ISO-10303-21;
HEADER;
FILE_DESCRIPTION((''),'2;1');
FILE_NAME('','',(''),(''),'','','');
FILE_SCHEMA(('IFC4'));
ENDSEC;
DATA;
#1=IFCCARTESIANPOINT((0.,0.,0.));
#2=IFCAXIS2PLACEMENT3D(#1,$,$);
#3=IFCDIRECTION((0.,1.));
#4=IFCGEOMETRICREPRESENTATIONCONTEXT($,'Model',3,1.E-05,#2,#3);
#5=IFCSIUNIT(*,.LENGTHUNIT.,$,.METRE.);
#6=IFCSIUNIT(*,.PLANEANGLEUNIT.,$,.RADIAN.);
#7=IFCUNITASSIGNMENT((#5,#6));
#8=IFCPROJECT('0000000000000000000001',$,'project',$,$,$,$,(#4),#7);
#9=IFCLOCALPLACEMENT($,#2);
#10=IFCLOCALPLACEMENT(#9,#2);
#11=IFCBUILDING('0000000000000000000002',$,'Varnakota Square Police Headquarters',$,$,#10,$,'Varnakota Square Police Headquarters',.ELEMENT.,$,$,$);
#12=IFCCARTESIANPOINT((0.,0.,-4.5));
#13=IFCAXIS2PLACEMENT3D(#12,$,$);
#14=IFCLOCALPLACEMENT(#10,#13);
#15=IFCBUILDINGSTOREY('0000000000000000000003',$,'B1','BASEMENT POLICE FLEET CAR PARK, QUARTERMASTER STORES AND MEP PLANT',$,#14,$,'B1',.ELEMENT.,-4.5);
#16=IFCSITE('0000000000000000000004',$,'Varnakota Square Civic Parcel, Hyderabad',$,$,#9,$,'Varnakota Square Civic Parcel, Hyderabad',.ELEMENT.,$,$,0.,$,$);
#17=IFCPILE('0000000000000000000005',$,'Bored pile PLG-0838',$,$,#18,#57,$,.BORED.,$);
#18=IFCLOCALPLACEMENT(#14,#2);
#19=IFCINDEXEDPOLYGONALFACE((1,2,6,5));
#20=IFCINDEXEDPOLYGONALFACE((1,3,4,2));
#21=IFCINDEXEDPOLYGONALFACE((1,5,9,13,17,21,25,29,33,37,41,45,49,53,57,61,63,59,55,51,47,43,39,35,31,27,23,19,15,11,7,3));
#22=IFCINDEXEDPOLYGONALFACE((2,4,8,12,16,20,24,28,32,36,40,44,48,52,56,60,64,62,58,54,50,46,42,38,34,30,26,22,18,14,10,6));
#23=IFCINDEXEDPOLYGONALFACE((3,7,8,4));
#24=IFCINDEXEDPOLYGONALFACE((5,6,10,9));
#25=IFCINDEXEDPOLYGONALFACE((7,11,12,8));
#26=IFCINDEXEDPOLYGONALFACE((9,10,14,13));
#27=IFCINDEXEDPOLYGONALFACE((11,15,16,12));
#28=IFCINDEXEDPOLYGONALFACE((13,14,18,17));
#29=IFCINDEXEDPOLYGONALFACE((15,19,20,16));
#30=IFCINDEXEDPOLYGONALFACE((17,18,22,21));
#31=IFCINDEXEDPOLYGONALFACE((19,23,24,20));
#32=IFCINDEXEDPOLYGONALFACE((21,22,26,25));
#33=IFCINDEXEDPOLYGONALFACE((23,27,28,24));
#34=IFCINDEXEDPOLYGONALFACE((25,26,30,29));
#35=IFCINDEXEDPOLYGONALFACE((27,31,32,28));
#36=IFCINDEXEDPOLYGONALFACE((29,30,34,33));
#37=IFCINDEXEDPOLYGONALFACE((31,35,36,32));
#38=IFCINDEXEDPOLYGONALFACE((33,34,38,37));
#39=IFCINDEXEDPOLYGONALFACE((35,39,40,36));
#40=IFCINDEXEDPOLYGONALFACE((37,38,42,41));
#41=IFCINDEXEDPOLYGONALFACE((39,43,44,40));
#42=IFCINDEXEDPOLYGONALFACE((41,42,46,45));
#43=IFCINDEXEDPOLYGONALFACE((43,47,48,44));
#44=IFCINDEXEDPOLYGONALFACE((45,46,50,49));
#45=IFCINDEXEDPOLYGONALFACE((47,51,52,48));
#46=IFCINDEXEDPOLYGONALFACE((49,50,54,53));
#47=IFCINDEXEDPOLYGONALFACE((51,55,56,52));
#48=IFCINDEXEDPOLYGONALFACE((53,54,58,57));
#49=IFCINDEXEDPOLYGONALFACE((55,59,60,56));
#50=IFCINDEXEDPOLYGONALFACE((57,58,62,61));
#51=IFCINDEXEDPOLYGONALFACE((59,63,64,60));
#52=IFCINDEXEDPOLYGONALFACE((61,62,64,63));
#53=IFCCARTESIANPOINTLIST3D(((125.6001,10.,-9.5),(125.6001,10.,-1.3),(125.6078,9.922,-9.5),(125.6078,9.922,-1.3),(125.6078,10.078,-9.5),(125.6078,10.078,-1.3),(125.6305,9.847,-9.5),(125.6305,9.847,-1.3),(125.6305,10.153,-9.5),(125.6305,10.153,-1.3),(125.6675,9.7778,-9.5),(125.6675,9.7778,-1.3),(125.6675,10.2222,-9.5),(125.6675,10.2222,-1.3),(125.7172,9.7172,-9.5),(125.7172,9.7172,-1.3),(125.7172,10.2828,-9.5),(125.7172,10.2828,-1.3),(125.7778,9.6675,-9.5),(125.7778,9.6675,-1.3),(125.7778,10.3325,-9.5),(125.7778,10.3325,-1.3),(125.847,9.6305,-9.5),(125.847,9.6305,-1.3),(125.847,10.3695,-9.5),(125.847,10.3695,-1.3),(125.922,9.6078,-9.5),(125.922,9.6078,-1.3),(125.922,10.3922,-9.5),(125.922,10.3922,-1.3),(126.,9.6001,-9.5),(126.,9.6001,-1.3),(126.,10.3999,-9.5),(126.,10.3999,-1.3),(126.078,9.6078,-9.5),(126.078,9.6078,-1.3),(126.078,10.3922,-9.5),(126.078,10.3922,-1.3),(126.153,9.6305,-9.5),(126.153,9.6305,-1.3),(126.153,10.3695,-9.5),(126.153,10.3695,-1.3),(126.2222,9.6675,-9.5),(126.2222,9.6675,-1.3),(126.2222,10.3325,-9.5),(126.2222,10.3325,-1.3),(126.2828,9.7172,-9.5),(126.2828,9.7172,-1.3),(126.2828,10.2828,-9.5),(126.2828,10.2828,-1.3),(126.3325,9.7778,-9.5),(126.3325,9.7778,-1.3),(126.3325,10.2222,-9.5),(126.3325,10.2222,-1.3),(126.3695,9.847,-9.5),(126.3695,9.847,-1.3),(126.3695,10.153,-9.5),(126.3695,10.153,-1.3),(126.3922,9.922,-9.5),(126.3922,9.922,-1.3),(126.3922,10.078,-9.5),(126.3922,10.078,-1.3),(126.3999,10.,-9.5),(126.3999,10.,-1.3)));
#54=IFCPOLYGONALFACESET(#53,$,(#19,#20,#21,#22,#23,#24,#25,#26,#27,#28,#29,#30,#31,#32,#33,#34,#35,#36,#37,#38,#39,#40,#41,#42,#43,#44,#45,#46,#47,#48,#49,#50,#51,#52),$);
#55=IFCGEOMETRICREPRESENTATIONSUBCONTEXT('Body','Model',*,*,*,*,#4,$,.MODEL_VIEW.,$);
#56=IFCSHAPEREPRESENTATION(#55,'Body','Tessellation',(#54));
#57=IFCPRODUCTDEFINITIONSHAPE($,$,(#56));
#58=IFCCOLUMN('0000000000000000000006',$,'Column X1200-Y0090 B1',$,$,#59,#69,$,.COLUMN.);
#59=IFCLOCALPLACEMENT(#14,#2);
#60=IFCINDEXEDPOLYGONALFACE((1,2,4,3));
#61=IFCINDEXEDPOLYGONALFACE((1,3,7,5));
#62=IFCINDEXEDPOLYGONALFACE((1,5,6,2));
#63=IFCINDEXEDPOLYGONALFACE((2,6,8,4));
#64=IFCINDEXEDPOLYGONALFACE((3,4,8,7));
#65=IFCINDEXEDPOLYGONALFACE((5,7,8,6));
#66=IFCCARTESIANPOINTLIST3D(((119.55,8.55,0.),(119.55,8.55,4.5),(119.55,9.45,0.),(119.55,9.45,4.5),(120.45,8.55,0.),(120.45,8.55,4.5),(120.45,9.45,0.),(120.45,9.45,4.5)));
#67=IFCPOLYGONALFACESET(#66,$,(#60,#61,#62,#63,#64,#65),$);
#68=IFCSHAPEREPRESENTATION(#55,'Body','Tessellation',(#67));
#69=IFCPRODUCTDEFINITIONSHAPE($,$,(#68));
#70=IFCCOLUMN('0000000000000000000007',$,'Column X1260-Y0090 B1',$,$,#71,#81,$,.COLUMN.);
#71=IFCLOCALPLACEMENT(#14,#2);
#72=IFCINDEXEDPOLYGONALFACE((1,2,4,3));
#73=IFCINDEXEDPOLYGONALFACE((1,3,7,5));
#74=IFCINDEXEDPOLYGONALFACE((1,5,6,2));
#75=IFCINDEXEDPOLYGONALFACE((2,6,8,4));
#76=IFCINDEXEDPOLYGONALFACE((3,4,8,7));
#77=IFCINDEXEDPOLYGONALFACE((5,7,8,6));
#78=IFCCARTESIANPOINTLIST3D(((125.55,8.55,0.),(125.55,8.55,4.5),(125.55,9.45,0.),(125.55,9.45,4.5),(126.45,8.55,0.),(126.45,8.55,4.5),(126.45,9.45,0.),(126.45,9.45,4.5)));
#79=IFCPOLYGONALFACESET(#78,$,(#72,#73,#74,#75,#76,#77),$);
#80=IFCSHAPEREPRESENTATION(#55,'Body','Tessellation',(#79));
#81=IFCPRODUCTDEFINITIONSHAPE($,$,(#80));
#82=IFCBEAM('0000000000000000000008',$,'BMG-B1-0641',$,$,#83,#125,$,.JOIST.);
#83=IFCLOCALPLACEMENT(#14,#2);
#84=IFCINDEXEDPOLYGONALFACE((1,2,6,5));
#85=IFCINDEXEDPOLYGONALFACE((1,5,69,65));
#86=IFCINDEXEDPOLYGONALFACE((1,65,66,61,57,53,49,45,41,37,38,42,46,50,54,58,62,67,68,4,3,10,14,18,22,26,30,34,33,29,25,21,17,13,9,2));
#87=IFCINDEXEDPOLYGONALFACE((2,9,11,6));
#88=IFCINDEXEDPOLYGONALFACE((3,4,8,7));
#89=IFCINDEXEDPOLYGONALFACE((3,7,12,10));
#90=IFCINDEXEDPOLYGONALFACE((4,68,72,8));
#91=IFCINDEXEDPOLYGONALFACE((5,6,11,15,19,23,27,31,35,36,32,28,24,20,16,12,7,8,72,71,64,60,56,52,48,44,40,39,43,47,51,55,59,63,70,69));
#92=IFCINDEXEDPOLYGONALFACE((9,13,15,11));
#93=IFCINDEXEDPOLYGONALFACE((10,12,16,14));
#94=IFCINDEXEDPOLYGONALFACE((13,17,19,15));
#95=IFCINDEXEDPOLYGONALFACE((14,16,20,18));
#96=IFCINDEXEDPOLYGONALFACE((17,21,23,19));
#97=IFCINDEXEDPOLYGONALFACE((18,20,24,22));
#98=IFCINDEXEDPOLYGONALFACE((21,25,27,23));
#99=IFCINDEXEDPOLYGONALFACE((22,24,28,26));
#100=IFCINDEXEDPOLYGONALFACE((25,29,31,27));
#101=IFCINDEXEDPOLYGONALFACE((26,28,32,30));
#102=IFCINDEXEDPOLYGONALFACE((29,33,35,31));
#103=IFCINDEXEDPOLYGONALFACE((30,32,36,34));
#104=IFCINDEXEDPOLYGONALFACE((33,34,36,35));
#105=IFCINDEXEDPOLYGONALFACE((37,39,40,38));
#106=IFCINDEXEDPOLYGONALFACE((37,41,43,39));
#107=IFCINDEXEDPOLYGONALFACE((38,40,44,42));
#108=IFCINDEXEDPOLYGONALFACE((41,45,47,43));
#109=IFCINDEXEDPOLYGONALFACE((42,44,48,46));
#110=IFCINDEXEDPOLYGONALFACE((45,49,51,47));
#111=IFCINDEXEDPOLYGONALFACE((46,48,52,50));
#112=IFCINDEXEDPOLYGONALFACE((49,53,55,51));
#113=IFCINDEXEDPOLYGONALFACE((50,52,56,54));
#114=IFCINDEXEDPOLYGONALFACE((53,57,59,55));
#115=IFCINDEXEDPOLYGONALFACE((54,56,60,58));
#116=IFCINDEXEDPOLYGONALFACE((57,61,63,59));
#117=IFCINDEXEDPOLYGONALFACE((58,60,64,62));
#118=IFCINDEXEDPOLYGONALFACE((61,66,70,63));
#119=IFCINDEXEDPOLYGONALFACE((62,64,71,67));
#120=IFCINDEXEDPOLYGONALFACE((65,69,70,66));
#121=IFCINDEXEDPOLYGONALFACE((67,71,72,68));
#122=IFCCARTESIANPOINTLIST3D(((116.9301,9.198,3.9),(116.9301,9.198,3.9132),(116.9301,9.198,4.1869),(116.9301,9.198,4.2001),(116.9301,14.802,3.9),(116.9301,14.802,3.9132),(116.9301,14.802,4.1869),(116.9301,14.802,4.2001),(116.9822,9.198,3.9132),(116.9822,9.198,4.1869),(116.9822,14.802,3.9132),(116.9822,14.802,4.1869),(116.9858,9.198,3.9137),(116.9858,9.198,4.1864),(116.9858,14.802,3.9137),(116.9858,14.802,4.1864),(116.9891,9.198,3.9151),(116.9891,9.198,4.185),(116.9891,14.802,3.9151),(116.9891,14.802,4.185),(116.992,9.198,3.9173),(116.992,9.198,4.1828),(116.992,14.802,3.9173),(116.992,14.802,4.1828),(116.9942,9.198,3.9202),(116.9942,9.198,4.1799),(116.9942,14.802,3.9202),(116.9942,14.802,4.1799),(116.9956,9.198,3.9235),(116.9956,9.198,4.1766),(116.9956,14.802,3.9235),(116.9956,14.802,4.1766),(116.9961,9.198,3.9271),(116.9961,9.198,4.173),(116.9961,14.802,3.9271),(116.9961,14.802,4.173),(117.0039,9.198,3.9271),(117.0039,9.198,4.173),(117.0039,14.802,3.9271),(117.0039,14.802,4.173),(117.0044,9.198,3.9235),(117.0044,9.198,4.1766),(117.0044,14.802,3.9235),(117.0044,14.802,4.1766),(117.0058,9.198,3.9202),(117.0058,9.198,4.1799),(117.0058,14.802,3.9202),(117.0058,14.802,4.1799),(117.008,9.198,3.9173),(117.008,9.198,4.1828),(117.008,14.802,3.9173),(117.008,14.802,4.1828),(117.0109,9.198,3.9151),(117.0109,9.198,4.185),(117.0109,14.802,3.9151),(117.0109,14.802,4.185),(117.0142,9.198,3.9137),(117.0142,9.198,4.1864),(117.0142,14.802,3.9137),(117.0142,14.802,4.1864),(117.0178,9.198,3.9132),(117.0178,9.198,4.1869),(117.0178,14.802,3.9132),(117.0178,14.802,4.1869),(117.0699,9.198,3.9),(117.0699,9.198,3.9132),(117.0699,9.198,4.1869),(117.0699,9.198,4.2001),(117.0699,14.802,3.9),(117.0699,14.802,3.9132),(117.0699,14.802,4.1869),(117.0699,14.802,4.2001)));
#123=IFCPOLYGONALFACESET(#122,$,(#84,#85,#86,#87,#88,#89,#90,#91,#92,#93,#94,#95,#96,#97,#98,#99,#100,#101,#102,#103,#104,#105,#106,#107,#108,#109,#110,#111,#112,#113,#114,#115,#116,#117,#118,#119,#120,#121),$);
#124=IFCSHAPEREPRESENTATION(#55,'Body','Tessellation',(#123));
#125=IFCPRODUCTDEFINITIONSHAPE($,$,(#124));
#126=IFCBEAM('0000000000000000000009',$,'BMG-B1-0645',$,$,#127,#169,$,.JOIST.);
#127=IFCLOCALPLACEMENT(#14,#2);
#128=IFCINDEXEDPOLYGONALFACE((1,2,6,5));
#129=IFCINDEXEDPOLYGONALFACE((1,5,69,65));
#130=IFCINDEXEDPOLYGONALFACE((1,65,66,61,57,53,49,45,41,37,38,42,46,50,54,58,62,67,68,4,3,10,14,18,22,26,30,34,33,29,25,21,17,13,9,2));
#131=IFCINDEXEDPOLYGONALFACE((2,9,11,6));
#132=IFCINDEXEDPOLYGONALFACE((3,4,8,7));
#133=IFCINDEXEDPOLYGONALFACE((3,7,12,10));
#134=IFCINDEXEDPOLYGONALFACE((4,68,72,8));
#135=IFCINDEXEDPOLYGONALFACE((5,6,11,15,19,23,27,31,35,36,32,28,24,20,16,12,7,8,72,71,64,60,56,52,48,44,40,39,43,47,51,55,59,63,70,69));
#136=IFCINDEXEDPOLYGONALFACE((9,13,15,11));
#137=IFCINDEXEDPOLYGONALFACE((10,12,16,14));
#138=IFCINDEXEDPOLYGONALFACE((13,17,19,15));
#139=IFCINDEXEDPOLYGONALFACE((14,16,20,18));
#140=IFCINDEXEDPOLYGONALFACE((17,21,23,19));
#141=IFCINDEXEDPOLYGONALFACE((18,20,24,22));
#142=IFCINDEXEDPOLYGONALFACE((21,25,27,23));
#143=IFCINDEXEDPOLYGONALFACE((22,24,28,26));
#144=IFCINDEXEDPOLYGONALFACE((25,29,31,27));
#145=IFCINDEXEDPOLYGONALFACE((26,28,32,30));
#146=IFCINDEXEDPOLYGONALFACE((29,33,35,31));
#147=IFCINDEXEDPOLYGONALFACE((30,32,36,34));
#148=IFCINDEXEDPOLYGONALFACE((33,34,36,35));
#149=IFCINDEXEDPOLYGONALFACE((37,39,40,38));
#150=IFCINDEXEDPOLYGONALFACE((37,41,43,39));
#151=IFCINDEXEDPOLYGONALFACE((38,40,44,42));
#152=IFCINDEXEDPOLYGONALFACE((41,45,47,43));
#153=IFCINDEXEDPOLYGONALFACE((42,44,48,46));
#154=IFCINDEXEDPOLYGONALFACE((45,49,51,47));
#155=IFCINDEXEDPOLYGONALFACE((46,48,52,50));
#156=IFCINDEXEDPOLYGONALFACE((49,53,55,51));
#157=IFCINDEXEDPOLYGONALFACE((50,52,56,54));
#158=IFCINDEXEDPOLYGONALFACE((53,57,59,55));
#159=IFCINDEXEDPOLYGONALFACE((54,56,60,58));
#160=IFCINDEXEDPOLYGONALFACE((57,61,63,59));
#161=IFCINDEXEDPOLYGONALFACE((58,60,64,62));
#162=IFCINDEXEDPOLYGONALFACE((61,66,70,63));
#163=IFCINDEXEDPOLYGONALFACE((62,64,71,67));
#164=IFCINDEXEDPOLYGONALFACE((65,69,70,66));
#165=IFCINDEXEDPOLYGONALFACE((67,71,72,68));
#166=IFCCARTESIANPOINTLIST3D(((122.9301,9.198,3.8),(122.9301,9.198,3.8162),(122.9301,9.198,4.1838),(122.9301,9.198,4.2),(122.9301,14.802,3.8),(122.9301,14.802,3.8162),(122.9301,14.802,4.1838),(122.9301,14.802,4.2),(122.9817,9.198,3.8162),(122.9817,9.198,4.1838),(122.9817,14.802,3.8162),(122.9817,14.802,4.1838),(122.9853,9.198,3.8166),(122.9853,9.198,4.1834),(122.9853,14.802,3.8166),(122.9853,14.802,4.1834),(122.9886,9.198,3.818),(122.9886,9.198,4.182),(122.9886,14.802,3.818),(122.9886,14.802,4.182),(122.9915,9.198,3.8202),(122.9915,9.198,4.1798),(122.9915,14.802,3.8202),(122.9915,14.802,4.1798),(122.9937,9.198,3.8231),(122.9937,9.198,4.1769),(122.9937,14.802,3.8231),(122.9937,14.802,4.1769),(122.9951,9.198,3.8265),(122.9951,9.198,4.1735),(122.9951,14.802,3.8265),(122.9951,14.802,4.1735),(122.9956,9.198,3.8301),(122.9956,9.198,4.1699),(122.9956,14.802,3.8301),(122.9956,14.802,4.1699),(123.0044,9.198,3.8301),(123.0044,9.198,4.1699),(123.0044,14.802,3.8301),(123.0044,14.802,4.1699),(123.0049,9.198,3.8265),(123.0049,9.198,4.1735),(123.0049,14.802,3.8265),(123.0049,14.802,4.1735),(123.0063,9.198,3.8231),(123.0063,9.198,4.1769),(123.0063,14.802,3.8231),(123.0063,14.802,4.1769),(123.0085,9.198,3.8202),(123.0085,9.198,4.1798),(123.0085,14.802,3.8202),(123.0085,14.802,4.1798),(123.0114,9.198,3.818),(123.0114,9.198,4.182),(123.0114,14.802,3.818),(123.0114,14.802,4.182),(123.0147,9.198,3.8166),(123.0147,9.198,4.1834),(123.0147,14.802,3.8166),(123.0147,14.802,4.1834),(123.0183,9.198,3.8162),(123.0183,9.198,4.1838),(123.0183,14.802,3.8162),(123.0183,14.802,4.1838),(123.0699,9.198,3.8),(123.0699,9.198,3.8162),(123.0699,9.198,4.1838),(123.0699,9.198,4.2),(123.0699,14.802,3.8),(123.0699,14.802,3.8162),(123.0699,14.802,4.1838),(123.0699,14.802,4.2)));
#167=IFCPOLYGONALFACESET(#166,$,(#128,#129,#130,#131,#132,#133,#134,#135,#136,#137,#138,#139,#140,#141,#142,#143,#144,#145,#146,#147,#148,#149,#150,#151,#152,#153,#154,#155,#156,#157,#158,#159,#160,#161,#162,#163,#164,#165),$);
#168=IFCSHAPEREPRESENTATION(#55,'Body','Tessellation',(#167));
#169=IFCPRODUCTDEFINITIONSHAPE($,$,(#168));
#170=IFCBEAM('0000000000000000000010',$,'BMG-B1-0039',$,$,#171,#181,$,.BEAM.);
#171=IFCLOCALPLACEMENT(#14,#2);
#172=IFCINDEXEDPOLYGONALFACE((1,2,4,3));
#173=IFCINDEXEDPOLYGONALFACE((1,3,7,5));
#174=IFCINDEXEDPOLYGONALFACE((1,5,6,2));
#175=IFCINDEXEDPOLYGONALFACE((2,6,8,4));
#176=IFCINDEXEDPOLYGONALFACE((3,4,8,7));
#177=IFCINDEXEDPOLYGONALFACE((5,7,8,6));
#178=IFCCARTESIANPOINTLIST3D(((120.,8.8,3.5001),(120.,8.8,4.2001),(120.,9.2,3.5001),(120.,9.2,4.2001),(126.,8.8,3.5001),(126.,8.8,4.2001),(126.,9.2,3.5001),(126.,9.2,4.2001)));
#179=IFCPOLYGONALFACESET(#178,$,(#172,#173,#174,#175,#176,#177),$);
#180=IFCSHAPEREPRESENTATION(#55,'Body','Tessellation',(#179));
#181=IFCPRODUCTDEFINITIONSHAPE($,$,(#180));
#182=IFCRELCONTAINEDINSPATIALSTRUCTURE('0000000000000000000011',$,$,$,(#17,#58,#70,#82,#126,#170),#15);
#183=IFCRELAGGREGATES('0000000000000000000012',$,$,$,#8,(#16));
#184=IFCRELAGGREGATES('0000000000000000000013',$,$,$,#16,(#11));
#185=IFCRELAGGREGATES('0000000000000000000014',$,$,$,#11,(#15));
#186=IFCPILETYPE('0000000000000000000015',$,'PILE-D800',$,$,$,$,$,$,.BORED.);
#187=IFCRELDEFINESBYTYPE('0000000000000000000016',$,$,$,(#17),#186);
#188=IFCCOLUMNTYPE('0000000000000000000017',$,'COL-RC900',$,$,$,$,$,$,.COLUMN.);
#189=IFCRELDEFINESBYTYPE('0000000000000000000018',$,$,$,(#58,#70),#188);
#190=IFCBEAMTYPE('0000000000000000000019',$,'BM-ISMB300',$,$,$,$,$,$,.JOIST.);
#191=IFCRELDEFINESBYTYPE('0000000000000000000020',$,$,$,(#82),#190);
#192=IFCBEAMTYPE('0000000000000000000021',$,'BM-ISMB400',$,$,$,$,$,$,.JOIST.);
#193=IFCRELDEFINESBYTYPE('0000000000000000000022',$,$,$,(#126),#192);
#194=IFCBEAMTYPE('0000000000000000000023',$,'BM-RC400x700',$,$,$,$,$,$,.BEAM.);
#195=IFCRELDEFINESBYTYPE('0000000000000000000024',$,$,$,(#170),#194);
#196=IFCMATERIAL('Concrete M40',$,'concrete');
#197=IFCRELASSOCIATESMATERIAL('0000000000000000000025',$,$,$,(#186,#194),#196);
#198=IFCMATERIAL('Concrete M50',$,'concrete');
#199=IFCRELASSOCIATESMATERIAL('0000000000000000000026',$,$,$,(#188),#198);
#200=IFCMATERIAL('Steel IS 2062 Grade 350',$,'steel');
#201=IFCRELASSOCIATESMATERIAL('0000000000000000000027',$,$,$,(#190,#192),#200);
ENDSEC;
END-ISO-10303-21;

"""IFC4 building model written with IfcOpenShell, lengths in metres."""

from ifc_helpers import new_model, si_unit, direction, frame, origin, origin_2d, place, context, subcontext, project, spatial, rectangle, circle, i_section, extrude, material, material_profile, profile_set, type_object, element, save


model = new_model("IFC4")

# Units and contexts
model_context = context("Model", 3, precision=1e-05, world=origin(), true_north=direction((0.0, 1.0)))
body_context = subcontext(model_context, "Body", "Model", "MODEL_VIEW")
ifc_project = project(units=[si_unit("LENGTHUNIT", "METRE"), si_unit("PLANEANGLEUNIT", "RADIAN")], contexts=[model_context])

# Site, building, storey
site_placement = place(None, origin())
site = spatial("IfcSite", under=ifc_project, at=site_placement, Name="Varnakota Square Civic Parcel, Hyderabad", LongName="Varnakota Square Civic Parcel, Hyderabad", CompositionType="ELEMENT", RefElevation=0.0)
building_placement = place(site_placement, origin())
building = spatial("IfcBuilding", under=site, at=building_placement, Name="Varnakota Square Police Headquarters", LongName="Varnakota Square Police Headquarters", CompositionType="ELEMENT")
storey_placement = place(building_placement, frame((0.0, 0.0, -4.5)))
storey = spatial("IfcBuildingStorey", under=building, at=storey_placement, Name="B1", Description="BASEMENT POLICE FLEET CAR PARK, QUARTERMASTER STORES AND MEP PLANT", LongName="B1", CompositionType="ELEMENT", Elevation=-4.5)

# Shared definitions
ifc_material_1 = material(Name="Concrete M40", Category="concrete")
ifc_material_2 = material(Name="Concrete M50", Category="concrete")

# Pile
ifc_material_profile_1 = material_profile(ifc_material_1, circle(Radius=0.3999, at=origin_2d()), Name="BORED PILE 800")
ifc_profile_set_1 = profile_set([ifc_material_profile_1], Name="Concrete M40")
pile_type = type_object("IfcPileType", Name="PILE-D800", PredefinedType="BORED", material=ifc_profile_set_1)
for number, where, z_axis, x_axis, name in (
    (1, (126.0, 10.0, -1.3), (0.0, 0.0, -1.0), (1.0, 0.0, 0.0), "Bored pile PLG-0838"),
):
    element("IfcPile", number, at=place(storey_placement, frame(where, z_axis=z_axis, x_axis=x_axis)), inside=storey, type_object=pile_type, Name=name, PredefinedType="BORED", context=body_context, shape_type="SweptSolid", body=[
        extrude(circle(Radius=0.3999, at=origin_2d()), origin(), (0.0, 0.0, 1.0), 8.2),
    ])

# Columns
ifc_material_profile_2 = material_profile(ifc_material_2, rectangle(XDim=0.8999, YDim=0.8999, at=origin_2d()), Name="RC 900x900")
ifc_profile_set_2 = profile_set([ifc_material_profile_2], Name="Concrete M50")
column_type = type_object("IfcColumnType", Name="COL-RC900", PredefinedType="COLUMN", material=ifc_profile_set_2)
for number, where, z_axis, x_axis, name in (
    (2, (120.0, 9.0, 0.0), (0.0, 0.0, 1.0), (1.0, 0.0, 0.0), "Column X1200-Y0090 B1"),
    (3, (126.0, 9.0, 0.0), (0.0, 0.0, 1.0), (1.0, 0.0, 0.0), "Column X1260-Y0090 B1"),
):
    element("IfcColumn", number, at=place(storey_placement, frame(where, z_axis=z_axis, x_axis=x_axis)), inside=storey, type_object=column_type, Name=name, PredefinedType="COLUMN", context=body_context, shape_type="SweptSolid", body=[
        extrude(rectangle(XDim=0.8999, YDim=0.8999, at=origin_2d()), origin(), (0.0, 0.0, 1.0), 4.5),
    ])

# Beams
ifc_material_3 = material(Name="Steel IS 2062 Grade 350", Category="steel")
ifc_material_profile_3 = material_profile(ifc_material_3, i_section(OverallWidth=0.1399, OverallDepth=0.3, WebThickness=0.0078, FlangeThickness=0.0132, FilletRadius=0.0139, at=origin_2d()), Name="ISMB 300")
ifc_profile_set_3 = profile_set([ifc_material_profile_3], Name="Steel IS 2062 Grade 350")
beam_type_1 = type_object("IfcBeamType", Name="BM-ISMB300", PredefinedType="JOIST", material=ifc_profile_set_3)
beam_1_placement = place(storey_placement, frame((117.0, 9.198, 4.05), z_axis=(0.0, 1.0, 0.0), x_axis=(-1.0, 0.0, 0.0)))
element("IfcBeam", 4, at=beam_1_placement, inside=storey, type_object=beam_type_1, Name="BMG-B1-0641", PredefinedType="JOIST", context=body_context, shape_type="SweptSolid", body=[
    extrude(i_section(OverallWidth=0.1399, OverallDepth=0.3, WebThickness=0.0078, FlangeThickness=0.0132, FilletRadius=0.0139, at=origin_2d()), origin(), (0.0, 0.0, 1.0), 5.604),
])
ifc_material_profile_4 = material_profile(ifc_material_3, i_section(OverallWidth=0.1399, OverallDepth=0.3999, WebThickness=0.0088, FlangeThickness=0.0161, FilletRadius=0.0139, at=origin_2d()), Name="ISMB 400")
ifc_profile_set_4 = profile_set([ifc_material_profile_4], Name="Steel IS 2062 Grade 350")
beam_type_2 = type_object("IfcBeamType", Name="BM-ISMB400", PredefinedType="JOIST", material=ifc_profile_set_4)
beam_2_placement = place(storey_placement, frame((123.0, 9.198, 4.0), z_axis=(0.0, 1.0, 0.0), x_axis=(-1.0, 0.0, 0.0)))
element("IfcBeam", 5, at=beam_2_placement, inside=storey, type_object=beam_type_2, Name="BMG-B1-0645", PredefinedType="JOIST", context=body_context, shape_type="SweptSolid", body=[
    extrude(i_section(OverallWidth=0.1399, OverallDepth=0.3999, WebThickness=0.0088, FlangeThickness=0.0161, FilletRadius=0.0139, at=origin_2d()), origin(), (0.0, 0.0, 1.0), 5.604),
])
ifc_material_profile_5 = material_profile(ifc_material_1, rectangle(XDim=0.3999, YDim=0.7, at=origin_2d()), Name="RC 400x700")
ifc_profile_set_5 = profile_set([ifc_material_profile_5], Name="Concrete M40")
beam_type_3 = type_object("IfcBeamType", Name="BM-RC400x700", PredefinedType="BEAM", material=ifc_profile_set_5)
beam_3_placement = place(storey_placement, frame((120.0, 9.0, 3.8501), z_axis=(1.0, 0.0, 0.0), x_axis=(0.0, 1.0, 0.0)))
element("IfcBeam", 6, at=beam_3_placement, inside=storey, type_object=beam_type_3, Name="BMG-B1-0039", PredefinedType="BEAM", context=body_context, shape_type="SweptSolid", body=[
    extrude(rectangle(XDim=0.3999, YDim=0.7, at=origin_2d()), origin(), (0.0, 0.0, 1.0), 6.0),
])

save(model, "model.ifc")
